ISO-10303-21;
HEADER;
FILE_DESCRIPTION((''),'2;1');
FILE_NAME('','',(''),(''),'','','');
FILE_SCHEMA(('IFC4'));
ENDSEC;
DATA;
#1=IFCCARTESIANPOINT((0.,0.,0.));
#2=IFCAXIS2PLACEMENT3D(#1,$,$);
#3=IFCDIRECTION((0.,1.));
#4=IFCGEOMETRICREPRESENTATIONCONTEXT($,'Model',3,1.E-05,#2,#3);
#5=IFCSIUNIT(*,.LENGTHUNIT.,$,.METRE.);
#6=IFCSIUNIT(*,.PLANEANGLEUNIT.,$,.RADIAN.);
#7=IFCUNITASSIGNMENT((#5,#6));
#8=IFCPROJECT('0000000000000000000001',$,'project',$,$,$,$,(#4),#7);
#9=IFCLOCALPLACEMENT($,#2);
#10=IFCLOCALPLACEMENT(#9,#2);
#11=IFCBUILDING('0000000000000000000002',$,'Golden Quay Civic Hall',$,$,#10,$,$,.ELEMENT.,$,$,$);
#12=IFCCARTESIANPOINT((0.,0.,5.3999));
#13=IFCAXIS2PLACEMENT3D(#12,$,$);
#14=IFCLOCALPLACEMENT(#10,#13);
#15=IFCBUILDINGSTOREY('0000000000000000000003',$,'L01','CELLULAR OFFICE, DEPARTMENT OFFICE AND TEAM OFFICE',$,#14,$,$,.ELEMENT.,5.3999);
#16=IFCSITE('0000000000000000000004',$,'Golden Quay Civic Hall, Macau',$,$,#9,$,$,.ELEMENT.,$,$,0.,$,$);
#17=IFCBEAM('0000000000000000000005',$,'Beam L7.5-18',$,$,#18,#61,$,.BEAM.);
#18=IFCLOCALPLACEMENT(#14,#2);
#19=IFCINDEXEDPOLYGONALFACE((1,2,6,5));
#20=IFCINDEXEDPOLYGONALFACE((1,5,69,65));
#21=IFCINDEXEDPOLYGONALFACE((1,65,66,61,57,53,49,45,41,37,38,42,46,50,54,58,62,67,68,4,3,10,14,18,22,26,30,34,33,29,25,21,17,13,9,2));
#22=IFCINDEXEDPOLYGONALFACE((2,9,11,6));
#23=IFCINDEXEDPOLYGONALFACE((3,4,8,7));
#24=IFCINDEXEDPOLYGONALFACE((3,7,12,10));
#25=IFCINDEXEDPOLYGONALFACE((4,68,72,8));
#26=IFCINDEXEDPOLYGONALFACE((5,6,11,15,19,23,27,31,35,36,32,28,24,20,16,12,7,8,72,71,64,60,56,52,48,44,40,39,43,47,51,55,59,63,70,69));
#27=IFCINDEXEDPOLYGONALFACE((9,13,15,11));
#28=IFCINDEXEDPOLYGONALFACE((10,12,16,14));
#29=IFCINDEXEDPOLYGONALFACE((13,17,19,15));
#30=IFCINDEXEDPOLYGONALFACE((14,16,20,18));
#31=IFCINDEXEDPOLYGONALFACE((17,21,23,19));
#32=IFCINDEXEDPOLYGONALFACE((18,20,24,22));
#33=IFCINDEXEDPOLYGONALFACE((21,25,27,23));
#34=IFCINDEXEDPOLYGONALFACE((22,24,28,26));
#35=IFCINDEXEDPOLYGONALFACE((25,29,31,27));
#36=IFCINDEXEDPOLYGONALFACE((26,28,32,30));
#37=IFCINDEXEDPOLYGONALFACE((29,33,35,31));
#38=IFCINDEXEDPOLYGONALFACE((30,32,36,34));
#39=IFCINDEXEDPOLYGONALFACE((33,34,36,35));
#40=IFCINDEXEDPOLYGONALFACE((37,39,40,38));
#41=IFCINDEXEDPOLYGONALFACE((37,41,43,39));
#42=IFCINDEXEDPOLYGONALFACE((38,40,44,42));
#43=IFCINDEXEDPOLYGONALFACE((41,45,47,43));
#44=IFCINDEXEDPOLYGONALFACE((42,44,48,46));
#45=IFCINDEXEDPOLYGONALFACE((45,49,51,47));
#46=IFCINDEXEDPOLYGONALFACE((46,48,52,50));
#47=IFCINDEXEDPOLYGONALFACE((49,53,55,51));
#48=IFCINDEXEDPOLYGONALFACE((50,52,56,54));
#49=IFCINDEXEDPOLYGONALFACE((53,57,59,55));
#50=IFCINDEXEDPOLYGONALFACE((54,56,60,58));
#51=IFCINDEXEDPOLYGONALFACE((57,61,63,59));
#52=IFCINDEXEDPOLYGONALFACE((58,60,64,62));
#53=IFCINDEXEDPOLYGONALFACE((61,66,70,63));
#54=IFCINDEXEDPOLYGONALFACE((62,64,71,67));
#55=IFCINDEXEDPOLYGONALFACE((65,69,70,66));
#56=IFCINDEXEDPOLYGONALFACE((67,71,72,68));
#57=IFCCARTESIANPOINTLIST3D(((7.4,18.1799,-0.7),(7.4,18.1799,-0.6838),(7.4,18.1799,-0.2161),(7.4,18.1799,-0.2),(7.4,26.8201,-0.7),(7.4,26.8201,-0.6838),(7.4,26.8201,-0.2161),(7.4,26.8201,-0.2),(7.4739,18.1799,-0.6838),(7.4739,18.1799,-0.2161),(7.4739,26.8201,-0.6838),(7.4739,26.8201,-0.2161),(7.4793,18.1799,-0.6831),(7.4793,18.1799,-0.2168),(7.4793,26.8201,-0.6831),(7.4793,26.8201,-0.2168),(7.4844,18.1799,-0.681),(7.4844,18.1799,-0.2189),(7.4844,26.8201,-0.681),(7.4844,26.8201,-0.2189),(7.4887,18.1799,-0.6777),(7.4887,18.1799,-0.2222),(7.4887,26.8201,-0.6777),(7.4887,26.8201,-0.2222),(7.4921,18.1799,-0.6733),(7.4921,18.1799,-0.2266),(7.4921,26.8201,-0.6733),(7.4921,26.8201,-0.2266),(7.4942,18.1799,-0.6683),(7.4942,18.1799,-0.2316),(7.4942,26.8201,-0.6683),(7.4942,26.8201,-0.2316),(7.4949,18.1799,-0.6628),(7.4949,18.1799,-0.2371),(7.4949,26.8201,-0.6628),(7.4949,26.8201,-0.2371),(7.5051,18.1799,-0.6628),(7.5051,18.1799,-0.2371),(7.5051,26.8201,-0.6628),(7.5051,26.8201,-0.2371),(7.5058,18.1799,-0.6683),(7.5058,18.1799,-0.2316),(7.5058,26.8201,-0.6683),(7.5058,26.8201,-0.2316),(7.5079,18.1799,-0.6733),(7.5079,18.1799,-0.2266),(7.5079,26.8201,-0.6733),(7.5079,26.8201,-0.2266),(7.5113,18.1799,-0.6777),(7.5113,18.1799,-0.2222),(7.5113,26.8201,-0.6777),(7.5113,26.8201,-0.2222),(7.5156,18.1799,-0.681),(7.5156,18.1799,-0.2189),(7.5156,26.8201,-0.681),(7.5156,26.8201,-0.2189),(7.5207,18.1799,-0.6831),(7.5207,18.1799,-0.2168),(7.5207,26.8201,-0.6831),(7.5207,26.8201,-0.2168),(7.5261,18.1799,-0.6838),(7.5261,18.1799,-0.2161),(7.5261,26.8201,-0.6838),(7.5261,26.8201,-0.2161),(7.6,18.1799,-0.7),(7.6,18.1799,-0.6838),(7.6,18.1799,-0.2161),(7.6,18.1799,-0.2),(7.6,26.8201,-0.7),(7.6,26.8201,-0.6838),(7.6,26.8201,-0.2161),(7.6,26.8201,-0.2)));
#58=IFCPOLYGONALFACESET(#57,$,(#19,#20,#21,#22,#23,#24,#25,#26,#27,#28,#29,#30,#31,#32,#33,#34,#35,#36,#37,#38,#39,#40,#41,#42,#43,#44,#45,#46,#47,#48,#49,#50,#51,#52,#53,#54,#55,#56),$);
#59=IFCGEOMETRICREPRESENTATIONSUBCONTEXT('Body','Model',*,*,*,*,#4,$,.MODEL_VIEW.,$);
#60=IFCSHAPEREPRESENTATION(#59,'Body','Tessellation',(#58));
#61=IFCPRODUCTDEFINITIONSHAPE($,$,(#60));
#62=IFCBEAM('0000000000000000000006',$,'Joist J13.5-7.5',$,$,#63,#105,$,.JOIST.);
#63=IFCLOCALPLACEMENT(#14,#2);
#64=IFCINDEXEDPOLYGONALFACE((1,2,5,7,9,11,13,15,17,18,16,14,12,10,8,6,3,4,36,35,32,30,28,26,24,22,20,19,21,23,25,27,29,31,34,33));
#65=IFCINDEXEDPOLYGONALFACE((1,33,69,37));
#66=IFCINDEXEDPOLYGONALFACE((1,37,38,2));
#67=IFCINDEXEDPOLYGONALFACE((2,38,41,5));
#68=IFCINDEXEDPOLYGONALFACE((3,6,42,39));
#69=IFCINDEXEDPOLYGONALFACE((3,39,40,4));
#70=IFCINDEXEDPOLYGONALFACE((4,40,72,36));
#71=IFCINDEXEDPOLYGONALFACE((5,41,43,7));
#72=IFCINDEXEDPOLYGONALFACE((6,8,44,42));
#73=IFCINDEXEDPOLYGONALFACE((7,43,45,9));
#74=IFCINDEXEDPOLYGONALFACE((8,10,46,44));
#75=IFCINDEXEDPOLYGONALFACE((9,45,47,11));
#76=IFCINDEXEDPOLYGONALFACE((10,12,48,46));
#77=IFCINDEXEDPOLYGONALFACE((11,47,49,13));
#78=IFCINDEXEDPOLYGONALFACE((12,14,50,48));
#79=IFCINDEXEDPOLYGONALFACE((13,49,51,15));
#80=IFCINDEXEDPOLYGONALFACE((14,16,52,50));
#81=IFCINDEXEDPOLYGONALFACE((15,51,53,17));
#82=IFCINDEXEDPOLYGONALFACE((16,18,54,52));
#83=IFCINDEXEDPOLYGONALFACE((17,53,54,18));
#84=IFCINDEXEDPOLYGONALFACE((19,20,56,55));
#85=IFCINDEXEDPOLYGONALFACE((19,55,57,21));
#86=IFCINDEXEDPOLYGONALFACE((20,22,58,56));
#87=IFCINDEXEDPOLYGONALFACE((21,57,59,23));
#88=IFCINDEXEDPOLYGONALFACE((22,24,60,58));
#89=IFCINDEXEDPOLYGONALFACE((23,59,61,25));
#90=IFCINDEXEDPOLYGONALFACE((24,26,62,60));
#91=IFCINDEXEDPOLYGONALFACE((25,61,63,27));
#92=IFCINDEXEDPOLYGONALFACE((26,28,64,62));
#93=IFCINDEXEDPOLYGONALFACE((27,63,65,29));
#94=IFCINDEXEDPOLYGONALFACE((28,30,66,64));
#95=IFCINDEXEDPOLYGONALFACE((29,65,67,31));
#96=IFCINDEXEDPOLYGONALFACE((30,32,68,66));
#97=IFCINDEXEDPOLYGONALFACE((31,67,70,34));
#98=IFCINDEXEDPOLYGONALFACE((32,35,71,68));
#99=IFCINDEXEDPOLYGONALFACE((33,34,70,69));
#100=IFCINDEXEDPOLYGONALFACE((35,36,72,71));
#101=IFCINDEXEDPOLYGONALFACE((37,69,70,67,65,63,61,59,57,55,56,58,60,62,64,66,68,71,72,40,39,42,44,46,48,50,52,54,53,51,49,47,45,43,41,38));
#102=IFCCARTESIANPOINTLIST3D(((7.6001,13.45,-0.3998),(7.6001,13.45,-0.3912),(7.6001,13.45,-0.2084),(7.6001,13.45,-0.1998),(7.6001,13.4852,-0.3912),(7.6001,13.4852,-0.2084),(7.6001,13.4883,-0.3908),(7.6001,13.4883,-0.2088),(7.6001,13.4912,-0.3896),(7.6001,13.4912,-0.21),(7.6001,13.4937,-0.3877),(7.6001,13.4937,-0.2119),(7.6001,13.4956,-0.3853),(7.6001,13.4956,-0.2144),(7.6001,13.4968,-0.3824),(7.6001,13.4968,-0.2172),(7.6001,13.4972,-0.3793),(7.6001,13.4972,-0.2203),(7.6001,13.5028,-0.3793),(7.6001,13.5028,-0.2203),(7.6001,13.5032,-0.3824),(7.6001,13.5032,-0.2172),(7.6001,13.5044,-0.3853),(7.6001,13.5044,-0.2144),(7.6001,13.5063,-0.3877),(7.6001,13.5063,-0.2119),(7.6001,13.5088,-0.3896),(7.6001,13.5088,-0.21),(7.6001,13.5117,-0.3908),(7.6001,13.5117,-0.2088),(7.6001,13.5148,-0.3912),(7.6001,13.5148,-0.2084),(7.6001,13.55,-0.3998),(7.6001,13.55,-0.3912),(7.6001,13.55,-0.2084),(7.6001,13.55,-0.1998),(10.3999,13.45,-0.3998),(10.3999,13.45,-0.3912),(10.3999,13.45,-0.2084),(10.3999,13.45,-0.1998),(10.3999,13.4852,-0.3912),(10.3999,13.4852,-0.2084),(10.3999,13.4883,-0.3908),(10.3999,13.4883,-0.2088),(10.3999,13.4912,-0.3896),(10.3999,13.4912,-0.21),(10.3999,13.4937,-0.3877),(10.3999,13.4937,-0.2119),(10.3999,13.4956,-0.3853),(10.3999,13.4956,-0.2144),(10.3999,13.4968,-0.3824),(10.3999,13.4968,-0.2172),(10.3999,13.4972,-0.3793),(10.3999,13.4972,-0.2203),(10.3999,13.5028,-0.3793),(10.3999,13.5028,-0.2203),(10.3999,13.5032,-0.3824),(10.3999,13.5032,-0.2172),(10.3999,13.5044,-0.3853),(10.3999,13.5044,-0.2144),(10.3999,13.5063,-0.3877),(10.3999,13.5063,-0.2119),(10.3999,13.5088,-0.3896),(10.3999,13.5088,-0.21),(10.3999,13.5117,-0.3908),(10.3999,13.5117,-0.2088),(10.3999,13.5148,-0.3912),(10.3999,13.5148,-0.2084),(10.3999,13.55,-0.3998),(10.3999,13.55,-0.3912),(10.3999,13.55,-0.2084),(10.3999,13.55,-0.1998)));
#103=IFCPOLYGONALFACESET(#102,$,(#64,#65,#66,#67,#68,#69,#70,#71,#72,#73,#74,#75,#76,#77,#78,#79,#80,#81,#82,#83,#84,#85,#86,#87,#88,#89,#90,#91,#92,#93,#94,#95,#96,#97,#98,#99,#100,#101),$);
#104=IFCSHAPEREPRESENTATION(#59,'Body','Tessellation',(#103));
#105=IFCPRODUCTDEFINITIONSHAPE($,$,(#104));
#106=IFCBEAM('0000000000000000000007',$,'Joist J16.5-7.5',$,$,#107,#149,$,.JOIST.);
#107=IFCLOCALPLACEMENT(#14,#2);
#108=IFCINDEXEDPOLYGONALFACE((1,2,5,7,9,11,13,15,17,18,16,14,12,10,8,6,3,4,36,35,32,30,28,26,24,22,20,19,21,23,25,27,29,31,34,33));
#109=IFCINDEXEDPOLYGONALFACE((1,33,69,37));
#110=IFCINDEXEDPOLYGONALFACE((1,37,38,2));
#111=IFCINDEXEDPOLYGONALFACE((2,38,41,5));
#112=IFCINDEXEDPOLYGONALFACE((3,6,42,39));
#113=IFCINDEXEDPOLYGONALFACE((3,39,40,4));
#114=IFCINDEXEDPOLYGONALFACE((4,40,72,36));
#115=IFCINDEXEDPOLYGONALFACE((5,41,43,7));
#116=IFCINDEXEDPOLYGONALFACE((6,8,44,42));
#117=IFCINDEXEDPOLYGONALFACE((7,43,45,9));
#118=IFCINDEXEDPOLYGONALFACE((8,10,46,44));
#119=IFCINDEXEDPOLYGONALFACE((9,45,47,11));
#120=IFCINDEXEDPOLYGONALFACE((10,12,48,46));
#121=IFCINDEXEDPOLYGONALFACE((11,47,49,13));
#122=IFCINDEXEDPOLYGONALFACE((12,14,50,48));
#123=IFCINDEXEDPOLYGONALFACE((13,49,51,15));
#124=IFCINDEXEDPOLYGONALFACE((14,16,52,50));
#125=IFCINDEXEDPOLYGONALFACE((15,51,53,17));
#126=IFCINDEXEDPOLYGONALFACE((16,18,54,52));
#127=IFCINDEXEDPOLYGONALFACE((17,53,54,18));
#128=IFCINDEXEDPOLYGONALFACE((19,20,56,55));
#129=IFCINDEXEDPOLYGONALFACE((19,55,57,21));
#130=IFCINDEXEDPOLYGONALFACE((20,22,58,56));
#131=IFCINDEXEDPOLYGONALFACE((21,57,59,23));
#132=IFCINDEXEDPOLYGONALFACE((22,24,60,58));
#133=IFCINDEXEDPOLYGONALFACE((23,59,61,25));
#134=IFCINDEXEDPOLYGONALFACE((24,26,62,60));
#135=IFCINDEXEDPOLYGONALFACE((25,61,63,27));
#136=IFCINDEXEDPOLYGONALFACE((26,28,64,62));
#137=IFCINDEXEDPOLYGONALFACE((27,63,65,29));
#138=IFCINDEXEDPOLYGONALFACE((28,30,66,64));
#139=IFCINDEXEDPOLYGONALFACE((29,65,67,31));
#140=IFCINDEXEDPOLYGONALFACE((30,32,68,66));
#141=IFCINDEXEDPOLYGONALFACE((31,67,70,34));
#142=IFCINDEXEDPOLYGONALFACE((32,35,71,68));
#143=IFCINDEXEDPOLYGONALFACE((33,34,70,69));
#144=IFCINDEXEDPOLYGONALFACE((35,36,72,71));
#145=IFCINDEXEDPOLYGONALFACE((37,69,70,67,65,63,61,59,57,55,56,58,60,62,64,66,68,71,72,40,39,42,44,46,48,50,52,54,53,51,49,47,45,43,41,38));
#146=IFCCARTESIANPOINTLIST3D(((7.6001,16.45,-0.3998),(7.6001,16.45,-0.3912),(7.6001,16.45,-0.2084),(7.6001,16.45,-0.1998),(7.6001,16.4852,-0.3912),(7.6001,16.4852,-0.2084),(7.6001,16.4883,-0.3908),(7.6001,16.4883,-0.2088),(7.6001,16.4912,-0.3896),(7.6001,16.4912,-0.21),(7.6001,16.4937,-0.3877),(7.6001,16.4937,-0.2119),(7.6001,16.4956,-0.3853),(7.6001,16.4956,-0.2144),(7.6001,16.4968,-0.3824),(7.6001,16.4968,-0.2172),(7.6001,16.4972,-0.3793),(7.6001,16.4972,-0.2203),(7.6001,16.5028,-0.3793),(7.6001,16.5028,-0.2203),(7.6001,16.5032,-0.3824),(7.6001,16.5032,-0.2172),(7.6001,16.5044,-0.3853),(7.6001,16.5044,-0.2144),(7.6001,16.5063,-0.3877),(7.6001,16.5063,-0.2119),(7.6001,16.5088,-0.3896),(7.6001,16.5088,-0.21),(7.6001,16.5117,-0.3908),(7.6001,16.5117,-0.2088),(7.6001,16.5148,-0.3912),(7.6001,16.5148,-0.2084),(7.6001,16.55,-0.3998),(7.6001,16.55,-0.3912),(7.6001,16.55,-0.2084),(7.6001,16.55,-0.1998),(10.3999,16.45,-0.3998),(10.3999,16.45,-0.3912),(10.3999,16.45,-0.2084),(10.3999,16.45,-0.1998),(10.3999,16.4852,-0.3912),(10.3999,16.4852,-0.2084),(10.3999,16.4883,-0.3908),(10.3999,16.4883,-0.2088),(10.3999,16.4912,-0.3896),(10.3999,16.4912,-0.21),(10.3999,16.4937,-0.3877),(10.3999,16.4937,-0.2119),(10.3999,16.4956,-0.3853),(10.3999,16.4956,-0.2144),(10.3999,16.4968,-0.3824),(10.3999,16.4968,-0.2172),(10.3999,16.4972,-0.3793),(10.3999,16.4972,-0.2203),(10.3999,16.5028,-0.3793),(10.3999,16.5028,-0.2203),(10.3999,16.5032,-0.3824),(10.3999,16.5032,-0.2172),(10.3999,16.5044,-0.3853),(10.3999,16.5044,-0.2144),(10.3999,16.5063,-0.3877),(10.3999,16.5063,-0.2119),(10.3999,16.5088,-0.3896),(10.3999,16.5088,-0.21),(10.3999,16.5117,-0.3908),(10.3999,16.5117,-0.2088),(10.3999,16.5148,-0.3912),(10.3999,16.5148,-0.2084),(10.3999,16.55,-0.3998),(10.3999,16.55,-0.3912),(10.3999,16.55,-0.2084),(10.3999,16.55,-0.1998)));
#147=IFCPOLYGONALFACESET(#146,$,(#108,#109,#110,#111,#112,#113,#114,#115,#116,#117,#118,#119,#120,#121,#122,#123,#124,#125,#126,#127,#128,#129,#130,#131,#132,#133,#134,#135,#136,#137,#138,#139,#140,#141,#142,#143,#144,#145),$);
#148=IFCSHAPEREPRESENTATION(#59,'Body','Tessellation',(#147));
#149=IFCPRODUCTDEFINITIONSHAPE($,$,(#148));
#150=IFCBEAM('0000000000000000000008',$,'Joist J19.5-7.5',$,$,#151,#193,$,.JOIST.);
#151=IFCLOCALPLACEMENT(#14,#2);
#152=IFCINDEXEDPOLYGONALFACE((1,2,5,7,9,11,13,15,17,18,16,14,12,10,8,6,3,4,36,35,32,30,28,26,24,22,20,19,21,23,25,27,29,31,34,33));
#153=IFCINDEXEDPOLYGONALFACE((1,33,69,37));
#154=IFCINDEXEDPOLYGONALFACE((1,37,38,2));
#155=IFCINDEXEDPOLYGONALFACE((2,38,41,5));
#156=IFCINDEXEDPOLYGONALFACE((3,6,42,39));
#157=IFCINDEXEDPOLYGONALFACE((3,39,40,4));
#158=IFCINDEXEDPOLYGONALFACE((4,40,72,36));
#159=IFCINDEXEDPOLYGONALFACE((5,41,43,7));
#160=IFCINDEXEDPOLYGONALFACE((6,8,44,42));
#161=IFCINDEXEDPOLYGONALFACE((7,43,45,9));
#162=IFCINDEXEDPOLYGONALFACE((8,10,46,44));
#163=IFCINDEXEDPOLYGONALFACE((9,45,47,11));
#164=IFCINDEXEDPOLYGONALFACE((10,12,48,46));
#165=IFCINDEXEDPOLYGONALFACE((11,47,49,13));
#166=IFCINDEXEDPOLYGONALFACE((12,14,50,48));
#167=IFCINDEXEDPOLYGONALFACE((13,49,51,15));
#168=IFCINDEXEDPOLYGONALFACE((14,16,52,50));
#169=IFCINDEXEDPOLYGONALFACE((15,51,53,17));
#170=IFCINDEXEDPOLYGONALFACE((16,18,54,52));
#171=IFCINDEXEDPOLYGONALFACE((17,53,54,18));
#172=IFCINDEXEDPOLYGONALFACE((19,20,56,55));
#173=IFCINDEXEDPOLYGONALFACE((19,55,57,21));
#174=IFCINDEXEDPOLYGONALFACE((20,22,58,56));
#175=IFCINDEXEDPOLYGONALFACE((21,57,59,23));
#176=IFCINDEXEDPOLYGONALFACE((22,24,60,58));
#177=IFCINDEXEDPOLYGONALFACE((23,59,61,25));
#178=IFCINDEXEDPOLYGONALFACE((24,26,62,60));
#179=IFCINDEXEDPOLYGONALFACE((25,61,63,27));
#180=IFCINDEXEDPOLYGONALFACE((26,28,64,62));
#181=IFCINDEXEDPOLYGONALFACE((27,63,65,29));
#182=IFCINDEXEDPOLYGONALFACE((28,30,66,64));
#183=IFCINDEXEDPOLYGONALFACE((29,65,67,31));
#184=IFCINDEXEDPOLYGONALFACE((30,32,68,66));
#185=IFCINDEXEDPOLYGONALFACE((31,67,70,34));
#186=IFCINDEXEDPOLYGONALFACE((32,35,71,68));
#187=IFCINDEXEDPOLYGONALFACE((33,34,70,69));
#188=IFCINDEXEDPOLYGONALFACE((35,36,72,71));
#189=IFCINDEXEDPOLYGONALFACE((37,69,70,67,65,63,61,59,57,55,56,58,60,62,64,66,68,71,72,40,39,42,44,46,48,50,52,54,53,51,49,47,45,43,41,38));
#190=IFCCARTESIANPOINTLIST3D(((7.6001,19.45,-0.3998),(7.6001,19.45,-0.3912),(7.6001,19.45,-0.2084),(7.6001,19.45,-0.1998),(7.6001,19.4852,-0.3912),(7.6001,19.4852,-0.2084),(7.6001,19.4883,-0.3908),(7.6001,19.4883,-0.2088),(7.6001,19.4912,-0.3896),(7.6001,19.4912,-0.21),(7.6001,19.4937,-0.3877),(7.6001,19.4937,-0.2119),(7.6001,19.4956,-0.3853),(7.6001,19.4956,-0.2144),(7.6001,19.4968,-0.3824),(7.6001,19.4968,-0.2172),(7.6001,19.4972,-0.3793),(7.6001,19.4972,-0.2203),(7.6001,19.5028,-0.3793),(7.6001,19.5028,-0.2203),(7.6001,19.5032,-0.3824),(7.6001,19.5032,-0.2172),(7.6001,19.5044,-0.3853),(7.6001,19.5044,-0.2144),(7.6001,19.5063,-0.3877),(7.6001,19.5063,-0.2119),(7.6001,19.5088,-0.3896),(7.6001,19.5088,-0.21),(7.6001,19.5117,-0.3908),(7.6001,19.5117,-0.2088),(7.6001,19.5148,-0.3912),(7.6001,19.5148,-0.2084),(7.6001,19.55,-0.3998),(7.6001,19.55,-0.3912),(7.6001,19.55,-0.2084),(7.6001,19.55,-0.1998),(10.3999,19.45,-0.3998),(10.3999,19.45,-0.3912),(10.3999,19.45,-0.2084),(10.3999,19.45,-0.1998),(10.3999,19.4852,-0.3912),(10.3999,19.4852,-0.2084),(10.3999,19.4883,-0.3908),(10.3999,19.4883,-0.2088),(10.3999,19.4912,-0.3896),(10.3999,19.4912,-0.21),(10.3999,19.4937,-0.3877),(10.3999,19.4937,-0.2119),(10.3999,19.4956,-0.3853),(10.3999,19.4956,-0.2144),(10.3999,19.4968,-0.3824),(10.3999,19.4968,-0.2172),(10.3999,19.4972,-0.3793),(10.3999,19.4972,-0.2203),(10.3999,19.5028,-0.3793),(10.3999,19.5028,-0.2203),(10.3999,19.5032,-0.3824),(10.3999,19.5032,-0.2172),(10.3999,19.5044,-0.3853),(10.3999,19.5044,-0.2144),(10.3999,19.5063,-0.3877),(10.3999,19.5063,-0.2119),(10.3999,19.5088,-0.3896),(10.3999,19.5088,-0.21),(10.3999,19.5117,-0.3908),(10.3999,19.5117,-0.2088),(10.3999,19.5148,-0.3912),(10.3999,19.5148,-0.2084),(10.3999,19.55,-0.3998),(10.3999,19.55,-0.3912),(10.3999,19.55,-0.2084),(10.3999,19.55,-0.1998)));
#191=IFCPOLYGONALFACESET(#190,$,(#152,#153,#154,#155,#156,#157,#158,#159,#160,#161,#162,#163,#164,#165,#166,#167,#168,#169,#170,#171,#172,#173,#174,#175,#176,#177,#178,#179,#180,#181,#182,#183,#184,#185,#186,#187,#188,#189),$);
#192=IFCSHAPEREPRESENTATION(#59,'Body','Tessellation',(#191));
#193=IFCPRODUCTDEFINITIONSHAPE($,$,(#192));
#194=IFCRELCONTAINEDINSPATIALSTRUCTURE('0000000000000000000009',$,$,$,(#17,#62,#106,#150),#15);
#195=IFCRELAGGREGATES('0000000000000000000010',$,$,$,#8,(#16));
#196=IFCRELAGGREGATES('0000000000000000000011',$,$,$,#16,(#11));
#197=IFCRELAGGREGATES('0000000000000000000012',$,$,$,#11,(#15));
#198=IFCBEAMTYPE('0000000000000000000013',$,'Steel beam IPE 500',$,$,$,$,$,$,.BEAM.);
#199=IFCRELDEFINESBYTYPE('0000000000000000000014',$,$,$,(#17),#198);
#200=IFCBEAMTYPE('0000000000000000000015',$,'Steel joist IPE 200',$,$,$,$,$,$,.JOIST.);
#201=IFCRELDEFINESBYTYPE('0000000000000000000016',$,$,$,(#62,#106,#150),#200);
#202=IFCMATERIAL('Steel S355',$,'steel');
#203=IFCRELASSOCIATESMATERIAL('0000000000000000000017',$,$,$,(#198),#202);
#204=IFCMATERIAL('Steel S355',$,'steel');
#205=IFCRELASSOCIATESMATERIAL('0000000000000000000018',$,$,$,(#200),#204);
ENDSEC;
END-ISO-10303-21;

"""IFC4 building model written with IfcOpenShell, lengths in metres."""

from ifc_helpers import new_model, si_unit, direction, frame, origin, origin_2d, place, context, subcontext, project, spatial, i_section, extrude, material, material_profile, profile_set, type_object, element, save


model = new_model("IFC4")

# Units and contexts
model_context = context("Model", 3, precision=1e-05, world=origin(), true_north=direction((0.0, 1.0)))
body_context = subcontext(model_context, "Body", "Model", "MODEL_VIEW")
ifc_project = project(units=[si_unit("LENGTHUNIT", "METRE"), si_unit("PLANEANGLEUNIT", "RADIAN")], contexts=[model_context])

# Site, building, storey
site_placement = place(None, origin())
site = spatial("IfcSite", under=ifc_project, at=site_placement, Name="Golden Quay Civic Hall, Macau", CompositionType="ELEMENT", RefElevation=0.0)
building_placement = place(site_placement, origin())
building = spatial("IfcBuilding", under=site, at=building_placement, Name="Golden Quay Civic Hall", CompositionType="ELEMENT")
storey_placement = place(building_placement, frame((0.0, 0.0, 5.3999)))
storey = spatial("IfcBuildingStorey", under=building, at=storey_placement, Name="L01", Description="CELLULAR OFFICE, DEPARTMENT OFFICE AND TEAM OFFICE", CompositionType="ELEMENT", Elevation=5.3999)

# Beams
ifc_material_1 = material(Name="Steel S355", Category="steel")
ifc_material_profile_1 = material_profile(ifc_material_1, i_section(OverallWidth=0.2, OverallDepth=0.5, WebThickness=0.0103, FlangeThickness=0.0161, FilletRadius=0.021, at=origin_2d()), Name="IPE 500")
ifc_profile_set_1 = profile_set([ifc_material_profile_1], Name="Steel S355")
beam_type_1 = type_object("IfcBeamType", Name="Steel beam IPE 500", PredefinedType="BEAM", material=ifc_profile_set_1)
beam_1_placement = place(storey_placement, frame((7.5, 18.1799, -0.45), z_axis=(0.0, 1.0, 0.0), x_axis=(-1.0, 0.0, 0.0)))
element("IfcBeam", 1, at=beam_1_placement, inside=storey, type_object=beam_type_1, Name="Beam L7.5-18", PredefinedType="BEAM", context=body_context, shape_type="SweptSolid", body=[
    extrude(i_section(OverallWidth=0.2, OverallDepth=0.5, WebThickness=0.0103, FlangeThickness=0.0161, FilletRadius=0.021, at=origin_2d()), origin(), (0.0, 0.0, 1.0), 8.6401),
])
ifc_material_2 = material(Name="Steel S355", Category="steel")
ifc_material_profile_2 = material_profile(ifc_material_2, i_section(OverallWidth=0.1001, OverallDepth=0.2, WebThickness=0.0056, FlangeThickness=0.0085, FilletRadius=0.012, at=origin_2d()), Name="IPE 200")
ifc_profile_set_2 = profile_set([ifc_material_profile_2], Name="Steel S355")
beam_type_2 = type_object("IfcBeamType", Name="Steel joist IPE 200", PredefinedType="JOIST", material=ifc_profile_set_2)
for number, where, z_axis, x_axis, name in (
    (2, (7.6001, 13.5, -0.2998), (1.0, 0.0, 0.0), (0.0, 1.0, 0.0), "Joist J13.5-7.5"),
    (3, (7.6001, 16.5, -0.2998), (1.0, 0.0, 0.0), (0.0, 1.0, 0.0), "Joist J16.5-7.5"),
    (4, (7.6001, 19.5, -0.2998), (1.0, 0.0, 0.0), (0.0, 1.0, 0.0), "Joist J19.5-7.5"),
):
    element("IfcBeam", number, at=place(storey_placement, frame(where, z_axis=z_axis, x_axis=x_axis)), inside=storey, type_object=beam_type_2, Name=name, PredefinedType="JOIST", context=body_context, shape_type="SweptSolid", body=[
        extrude(i_section(OverallWidth=0.1001, OverallDepth=0.2, WebThickness=0.0056, FlangeThickness=0.0085, FilletRadius=0.012, at=origin_2d()), origin(), (0.0, 0.0, 1.0), 2.7998),
    ])

save(model, "model.ifc")
